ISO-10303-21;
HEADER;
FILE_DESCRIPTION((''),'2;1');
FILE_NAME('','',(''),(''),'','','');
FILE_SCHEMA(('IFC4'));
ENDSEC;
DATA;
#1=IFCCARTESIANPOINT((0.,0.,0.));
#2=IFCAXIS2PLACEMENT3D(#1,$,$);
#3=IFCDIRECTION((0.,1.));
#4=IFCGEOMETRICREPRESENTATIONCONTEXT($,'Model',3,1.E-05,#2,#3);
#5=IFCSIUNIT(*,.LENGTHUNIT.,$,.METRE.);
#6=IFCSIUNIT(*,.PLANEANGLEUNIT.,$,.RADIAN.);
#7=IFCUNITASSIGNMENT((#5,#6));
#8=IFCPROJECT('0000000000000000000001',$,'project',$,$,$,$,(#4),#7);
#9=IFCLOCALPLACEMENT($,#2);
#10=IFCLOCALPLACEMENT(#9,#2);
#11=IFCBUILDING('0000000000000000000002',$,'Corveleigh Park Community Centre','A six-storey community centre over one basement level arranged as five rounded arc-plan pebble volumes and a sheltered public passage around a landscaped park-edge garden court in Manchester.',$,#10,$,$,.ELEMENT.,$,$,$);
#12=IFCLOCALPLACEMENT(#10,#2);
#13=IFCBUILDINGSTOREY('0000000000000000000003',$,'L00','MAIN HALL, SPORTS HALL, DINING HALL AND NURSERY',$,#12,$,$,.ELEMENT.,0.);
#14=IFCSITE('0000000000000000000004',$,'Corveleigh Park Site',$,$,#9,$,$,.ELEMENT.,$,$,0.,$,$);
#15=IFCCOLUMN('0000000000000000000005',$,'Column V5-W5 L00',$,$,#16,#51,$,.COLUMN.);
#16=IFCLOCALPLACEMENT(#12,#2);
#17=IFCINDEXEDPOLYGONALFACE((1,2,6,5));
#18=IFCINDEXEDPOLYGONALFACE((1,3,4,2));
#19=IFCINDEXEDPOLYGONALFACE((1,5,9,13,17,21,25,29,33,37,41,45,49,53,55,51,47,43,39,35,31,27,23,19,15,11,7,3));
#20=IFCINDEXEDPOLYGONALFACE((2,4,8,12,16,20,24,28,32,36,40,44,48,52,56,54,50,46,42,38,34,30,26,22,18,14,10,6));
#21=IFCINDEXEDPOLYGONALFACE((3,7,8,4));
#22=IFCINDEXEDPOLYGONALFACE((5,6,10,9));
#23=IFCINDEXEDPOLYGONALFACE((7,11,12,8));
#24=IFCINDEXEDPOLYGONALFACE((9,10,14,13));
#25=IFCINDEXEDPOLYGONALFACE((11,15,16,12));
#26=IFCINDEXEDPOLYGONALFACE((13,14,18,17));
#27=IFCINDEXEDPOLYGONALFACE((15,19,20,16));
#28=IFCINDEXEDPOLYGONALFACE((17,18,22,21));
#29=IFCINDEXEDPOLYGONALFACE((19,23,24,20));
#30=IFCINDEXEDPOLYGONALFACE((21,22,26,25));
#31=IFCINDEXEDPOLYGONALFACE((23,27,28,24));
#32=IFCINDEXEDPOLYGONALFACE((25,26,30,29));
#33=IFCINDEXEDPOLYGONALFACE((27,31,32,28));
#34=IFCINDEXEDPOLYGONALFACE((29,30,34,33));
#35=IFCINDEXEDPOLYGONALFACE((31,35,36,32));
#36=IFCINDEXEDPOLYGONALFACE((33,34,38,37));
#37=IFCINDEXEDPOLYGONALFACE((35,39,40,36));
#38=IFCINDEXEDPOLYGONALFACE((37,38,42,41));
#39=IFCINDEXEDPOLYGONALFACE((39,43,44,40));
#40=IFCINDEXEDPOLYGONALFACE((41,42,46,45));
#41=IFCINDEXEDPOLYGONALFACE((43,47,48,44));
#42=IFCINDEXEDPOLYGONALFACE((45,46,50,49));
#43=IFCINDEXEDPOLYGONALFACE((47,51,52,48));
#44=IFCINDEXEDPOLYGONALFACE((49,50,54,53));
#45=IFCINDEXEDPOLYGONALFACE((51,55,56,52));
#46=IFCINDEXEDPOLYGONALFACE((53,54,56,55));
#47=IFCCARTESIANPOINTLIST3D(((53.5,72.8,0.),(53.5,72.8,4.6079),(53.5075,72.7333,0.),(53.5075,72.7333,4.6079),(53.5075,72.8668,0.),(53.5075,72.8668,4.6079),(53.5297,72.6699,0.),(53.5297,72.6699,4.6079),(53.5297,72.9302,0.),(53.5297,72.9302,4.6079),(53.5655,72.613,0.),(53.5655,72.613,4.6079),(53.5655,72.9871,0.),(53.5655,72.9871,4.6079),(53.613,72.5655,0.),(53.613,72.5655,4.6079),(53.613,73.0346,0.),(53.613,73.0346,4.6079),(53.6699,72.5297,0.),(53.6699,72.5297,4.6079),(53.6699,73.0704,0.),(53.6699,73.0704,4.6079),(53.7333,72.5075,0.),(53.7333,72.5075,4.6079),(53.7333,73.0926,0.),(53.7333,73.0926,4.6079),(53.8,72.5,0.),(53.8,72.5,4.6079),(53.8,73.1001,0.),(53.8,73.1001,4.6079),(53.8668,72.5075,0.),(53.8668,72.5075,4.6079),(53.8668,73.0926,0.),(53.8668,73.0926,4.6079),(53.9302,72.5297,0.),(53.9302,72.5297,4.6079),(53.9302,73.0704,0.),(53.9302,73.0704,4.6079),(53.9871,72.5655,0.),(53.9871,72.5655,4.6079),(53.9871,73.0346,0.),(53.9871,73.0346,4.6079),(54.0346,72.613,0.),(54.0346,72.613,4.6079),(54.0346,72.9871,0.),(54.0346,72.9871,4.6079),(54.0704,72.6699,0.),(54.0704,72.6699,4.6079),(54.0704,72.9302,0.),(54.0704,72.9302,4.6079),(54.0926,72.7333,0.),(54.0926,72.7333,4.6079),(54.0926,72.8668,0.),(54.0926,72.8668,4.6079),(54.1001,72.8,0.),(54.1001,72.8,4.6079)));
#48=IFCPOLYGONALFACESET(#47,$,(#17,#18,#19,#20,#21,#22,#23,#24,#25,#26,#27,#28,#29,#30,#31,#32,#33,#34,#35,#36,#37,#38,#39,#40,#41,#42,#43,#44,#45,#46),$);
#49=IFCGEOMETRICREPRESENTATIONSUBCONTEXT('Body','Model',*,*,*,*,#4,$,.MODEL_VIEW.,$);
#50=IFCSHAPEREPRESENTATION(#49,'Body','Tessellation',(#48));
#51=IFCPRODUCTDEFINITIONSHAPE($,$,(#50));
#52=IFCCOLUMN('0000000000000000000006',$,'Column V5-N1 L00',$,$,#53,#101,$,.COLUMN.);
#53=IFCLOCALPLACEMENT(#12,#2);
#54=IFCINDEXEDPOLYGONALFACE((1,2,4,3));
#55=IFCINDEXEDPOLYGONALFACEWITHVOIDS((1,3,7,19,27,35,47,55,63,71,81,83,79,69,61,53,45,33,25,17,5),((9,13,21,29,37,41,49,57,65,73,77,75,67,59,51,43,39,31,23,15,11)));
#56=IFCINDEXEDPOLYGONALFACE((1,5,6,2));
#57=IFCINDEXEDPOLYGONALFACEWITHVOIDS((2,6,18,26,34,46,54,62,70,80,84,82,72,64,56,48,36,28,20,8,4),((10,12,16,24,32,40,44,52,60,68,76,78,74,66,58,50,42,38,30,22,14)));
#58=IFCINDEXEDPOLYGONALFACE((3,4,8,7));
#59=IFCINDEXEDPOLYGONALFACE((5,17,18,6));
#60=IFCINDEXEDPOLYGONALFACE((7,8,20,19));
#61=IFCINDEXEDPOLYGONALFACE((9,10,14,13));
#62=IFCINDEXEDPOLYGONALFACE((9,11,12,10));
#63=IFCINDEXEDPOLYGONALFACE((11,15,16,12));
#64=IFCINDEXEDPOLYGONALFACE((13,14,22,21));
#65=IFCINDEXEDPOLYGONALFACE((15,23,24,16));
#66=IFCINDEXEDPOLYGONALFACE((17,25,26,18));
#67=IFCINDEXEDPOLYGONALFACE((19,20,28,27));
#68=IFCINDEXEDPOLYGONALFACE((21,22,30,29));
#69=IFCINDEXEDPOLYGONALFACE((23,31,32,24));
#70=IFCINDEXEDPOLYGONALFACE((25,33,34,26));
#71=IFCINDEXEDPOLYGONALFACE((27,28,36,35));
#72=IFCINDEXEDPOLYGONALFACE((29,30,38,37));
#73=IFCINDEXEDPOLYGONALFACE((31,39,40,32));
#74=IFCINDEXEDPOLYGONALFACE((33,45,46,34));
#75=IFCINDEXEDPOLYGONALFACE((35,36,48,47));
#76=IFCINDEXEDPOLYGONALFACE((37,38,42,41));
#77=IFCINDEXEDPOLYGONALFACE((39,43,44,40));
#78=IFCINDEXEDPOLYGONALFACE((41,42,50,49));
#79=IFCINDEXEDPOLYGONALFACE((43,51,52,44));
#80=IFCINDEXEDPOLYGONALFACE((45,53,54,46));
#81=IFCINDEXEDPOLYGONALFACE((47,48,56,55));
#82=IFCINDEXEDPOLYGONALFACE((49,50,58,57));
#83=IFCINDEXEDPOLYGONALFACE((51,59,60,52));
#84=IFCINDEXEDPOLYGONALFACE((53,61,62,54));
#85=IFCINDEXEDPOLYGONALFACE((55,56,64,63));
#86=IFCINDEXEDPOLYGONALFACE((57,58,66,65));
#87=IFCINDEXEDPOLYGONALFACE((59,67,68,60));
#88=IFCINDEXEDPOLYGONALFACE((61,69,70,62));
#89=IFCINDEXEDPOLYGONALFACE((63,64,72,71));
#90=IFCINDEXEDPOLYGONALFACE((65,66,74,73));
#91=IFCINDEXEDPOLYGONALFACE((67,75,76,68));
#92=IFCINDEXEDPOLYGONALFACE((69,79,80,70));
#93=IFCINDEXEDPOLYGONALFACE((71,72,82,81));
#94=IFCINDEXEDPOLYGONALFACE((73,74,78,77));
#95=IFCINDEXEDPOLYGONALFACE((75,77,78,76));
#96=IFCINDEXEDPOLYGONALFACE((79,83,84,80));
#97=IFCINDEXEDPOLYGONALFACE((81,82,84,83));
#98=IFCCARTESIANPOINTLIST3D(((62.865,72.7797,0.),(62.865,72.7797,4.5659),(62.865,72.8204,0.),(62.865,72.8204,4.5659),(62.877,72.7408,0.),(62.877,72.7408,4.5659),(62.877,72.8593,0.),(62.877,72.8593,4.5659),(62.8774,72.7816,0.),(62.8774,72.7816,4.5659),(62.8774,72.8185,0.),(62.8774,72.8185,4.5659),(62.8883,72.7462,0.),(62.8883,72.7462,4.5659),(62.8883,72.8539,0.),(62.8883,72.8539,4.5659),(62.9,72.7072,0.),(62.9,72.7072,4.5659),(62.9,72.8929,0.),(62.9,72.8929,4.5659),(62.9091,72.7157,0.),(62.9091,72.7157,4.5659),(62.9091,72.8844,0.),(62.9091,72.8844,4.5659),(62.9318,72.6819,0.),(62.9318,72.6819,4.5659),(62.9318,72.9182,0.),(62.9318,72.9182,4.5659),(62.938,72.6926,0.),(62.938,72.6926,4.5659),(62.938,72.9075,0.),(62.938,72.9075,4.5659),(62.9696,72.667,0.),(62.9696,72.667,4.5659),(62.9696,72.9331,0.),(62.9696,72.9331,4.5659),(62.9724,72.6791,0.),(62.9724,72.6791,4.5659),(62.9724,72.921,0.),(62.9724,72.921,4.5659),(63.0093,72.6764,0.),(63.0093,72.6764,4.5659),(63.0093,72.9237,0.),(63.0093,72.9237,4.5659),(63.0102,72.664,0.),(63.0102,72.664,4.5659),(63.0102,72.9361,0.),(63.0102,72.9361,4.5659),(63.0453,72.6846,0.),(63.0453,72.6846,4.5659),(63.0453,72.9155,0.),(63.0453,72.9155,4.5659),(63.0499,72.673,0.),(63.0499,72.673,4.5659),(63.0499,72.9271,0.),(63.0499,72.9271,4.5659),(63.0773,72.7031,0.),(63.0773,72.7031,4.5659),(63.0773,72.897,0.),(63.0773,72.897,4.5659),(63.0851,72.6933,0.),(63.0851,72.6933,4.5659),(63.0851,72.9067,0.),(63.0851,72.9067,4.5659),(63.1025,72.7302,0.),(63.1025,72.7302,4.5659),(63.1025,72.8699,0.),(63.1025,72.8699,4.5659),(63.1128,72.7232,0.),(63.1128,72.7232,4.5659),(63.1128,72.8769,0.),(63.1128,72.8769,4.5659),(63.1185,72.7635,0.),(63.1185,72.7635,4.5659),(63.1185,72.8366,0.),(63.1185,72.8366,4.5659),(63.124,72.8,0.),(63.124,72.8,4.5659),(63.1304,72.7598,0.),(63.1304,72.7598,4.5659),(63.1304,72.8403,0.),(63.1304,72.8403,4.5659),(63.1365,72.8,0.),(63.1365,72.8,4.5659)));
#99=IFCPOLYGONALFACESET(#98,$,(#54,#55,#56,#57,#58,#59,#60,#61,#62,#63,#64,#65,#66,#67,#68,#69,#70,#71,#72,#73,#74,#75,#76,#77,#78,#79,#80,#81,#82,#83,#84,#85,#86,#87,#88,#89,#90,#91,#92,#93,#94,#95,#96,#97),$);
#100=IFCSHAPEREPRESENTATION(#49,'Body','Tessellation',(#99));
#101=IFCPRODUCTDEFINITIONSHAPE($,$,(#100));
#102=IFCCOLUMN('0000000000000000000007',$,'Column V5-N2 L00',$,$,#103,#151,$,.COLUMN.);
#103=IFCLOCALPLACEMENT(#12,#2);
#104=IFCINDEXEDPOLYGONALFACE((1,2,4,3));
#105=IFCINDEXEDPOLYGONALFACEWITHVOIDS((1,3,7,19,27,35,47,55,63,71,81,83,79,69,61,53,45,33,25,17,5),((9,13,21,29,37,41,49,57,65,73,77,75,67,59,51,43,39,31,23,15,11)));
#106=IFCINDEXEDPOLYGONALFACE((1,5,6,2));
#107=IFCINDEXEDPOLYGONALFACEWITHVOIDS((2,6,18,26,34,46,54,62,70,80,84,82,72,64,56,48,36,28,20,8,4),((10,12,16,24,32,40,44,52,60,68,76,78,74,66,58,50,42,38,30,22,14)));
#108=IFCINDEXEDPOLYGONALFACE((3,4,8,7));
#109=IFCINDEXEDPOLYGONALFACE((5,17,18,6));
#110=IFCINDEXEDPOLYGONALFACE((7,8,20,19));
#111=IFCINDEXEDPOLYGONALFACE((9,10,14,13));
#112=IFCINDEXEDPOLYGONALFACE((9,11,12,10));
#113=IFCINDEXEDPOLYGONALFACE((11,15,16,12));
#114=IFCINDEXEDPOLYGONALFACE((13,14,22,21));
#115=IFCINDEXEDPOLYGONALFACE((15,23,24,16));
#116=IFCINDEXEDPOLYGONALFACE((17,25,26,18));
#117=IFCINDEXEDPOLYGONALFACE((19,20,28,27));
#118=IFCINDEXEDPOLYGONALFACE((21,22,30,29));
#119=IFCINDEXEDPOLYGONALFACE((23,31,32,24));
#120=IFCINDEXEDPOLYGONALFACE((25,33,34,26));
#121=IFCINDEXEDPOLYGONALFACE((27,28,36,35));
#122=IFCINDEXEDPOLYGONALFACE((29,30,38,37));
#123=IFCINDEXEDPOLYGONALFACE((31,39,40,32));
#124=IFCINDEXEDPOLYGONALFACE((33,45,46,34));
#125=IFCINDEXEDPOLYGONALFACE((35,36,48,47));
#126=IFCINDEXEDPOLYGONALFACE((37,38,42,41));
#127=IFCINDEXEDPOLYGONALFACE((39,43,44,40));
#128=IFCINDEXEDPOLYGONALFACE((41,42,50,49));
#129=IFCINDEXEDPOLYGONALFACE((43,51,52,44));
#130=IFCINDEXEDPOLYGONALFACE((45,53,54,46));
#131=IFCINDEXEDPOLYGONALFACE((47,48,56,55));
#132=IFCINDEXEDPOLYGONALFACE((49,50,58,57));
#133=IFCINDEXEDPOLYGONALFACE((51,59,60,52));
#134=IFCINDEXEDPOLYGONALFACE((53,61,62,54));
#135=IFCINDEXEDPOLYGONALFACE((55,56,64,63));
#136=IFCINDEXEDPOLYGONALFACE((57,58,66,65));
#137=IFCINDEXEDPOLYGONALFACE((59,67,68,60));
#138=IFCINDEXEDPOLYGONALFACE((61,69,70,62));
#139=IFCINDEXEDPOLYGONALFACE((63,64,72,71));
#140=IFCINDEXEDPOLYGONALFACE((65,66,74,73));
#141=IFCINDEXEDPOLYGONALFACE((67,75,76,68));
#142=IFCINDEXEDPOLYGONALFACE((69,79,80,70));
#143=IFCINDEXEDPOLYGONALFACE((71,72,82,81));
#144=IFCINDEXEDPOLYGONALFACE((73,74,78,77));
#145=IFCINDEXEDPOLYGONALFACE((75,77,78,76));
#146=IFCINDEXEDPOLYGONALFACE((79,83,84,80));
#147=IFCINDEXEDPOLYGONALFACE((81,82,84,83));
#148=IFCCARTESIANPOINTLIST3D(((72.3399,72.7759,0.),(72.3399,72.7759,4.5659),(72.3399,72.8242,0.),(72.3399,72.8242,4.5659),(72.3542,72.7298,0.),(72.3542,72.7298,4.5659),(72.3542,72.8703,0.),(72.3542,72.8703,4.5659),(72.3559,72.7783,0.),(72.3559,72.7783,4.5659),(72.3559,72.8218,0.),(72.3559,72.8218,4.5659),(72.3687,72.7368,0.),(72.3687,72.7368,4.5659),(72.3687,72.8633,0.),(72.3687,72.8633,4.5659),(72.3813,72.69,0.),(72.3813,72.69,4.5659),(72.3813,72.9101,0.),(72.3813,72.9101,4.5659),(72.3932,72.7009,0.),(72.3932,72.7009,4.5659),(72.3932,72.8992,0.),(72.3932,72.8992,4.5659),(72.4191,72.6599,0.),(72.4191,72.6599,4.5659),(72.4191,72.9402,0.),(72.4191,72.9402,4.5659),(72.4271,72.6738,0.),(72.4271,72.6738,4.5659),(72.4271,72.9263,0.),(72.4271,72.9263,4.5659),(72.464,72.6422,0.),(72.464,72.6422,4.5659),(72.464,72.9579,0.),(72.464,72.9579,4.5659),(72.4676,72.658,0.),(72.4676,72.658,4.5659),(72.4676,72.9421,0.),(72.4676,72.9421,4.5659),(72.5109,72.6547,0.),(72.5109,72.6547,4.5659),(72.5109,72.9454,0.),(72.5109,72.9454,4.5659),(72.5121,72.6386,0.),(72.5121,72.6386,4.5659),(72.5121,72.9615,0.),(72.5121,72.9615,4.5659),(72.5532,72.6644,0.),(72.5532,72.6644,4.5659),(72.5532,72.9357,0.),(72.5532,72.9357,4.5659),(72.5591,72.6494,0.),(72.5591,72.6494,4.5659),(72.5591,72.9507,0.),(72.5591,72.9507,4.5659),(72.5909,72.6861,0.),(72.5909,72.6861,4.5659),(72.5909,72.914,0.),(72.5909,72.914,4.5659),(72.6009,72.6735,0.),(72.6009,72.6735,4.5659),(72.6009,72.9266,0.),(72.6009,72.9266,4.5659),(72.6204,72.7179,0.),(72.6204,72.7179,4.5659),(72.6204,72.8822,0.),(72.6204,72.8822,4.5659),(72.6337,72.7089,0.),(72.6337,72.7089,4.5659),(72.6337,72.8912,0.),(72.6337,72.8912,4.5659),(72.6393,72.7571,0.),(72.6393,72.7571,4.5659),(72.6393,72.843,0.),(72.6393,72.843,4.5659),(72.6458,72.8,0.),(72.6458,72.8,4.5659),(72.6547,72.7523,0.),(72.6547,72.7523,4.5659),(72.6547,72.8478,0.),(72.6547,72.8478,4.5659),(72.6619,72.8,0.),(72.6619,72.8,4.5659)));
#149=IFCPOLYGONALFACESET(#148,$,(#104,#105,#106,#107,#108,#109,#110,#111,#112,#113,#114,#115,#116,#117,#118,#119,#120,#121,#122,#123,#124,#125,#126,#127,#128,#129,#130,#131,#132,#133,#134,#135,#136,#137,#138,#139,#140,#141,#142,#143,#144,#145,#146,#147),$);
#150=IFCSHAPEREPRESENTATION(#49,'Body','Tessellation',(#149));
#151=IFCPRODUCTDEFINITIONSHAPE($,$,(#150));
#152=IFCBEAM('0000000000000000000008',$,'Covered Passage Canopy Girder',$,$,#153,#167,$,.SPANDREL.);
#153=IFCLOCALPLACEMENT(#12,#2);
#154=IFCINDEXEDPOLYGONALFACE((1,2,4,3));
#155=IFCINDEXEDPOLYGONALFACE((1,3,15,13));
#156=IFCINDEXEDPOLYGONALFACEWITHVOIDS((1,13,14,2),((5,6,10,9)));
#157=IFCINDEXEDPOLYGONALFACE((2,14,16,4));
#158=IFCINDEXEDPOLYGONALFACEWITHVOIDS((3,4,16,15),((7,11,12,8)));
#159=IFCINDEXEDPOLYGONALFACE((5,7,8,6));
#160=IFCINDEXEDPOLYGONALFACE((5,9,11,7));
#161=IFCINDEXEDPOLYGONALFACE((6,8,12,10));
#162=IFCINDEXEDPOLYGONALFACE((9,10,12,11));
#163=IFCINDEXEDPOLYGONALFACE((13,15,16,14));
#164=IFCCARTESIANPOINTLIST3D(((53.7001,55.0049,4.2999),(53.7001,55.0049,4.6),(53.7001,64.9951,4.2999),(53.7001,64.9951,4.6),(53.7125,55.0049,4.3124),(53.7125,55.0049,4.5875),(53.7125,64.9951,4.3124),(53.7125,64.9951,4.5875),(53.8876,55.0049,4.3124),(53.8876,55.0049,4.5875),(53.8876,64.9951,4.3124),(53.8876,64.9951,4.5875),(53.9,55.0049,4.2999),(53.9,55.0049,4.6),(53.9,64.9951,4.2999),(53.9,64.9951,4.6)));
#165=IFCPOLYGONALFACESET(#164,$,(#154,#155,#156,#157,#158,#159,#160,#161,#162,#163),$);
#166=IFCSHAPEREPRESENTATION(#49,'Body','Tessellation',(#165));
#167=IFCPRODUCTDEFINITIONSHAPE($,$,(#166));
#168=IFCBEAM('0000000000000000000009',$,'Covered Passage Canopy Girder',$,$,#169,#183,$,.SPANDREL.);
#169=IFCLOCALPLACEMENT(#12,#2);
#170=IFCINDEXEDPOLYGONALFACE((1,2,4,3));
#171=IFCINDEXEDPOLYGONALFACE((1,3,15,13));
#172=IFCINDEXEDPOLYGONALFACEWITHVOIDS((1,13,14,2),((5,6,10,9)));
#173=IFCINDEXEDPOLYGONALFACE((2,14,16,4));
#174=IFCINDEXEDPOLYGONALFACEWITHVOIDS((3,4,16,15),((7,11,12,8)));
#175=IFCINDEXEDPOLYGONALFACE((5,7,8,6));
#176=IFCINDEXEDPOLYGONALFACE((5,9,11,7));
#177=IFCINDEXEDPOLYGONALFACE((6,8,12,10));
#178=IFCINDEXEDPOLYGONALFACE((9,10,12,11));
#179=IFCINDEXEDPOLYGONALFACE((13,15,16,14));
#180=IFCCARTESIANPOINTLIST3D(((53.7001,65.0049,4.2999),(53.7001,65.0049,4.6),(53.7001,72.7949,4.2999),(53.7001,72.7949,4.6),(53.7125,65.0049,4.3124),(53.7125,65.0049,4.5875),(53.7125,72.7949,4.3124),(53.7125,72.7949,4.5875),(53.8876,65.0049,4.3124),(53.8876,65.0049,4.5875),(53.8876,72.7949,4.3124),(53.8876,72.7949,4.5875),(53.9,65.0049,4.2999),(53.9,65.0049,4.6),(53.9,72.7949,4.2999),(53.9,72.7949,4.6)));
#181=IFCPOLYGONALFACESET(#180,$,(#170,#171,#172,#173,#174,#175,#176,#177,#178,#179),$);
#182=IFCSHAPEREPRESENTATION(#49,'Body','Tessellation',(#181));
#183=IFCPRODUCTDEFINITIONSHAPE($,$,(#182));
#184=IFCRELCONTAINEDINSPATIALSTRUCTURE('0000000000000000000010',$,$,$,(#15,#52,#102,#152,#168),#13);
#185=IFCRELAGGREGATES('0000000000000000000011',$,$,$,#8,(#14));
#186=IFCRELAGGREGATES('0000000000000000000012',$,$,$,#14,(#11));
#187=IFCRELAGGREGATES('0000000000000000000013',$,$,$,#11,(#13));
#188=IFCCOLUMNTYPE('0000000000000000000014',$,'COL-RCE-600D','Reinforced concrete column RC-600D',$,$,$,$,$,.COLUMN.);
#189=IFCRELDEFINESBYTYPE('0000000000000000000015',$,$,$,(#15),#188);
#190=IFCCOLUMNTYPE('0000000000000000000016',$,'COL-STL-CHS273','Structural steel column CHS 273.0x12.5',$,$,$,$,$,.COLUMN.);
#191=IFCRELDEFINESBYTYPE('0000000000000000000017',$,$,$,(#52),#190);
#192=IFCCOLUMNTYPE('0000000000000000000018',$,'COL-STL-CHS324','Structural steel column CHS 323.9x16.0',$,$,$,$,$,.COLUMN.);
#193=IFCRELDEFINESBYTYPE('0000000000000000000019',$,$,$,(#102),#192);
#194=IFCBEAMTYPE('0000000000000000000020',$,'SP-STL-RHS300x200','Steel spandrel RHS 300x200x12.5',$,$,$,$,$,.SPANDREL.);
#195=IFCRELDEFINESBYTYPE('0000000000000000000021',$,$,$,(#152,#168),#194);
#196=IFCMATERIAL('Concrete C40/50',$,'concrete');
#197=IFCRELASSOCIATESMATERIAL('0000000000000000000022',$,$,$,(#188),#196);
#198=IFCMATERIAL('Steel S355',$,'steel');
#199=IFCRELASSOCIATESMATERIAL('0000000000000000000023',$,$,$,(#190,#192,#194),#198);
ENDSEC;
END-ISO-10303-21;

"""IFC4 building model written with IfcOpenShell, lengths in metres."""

from ifc_helpers import new_model, si_unit, direction, frame, origin, origin_2d, place, context, subcontext, project, spatial, hollow_rectangle, circle, hollow_circle, extrude, material, material_profile, profile_set, type_object, element, save


model = new_model("IFC4")

# Units and contexts
model_context = context("Model", 3, precision=1e-05, world=origin(), true_north=direction((0.0, 1.0)))
body_context = subcontext(model_context, "Body", "Model", "MODEL_VIEW")
ifc_project = project(units=[si_unit("LENGTHUNIT", "METRE"), si_unit("PLANEANGLEUNIT", "RADIAN")], contexts=[model_context])

# Site, building, storey
site_placement = place(None, origin())
site = spatial("IfcSite", under=ifc_project, at=site_placement, Name="Corveleigh Park Site", CompositionType="ELEMENT", RefElevation=0.0)
building_placement = place(site_placement, origin())
building = spatial("IfcBuilding", under=site, at=building_placement, Name="Corveleigh Park Community Centre", Description="A six-storey community centre over one basement level arranged as five rounded arc-plan pebble volumes and a sheltered public passage around a landscaped park-edge garden court in Manchester.", CompositionType="ELEMENT")
storey_placement = place(building_placement, origin())
storey = spatial("IfcBuildingStorey", under=building, at=storey_placement, Name="L00", Description="MAIN HALL, SPORTS HALL, DINING HALL AND NURSERY", CompositionType="ELEMENT", Elevation=0.0)

# Columns
ifc_material_1 = material(Name="Concrete C40/50", Category="concrete")
ifc_material_profile_1 = material_profile(ifc_material_1, circle(Radius=0.3, at=origin_2d()), Name="RC-600D", Category="concrete")
ifc_profile_set_1 = profile_set([ifc_material_profile_1], Name="Concrete C40/50")
column_type_1 = type_object("IfcColumnType", Name="COL-RCE-600D", Description="Reinforced concrete column RC-600D", PredefinedType="COLUMN", material=ifc_profile_set_1)
column_1_placement = place(storey_placement, frame((53.8, 72.8, 0.0), z_axis=(0.0, 0.0, 1.0), x_axis=(1.0, 0.0, 0.0)))
element("IfcColumn", 1, at=column_1_placement, inside=storey, type_object=column_type_1, Name="Column V5-W5 L00", PredefinedType="COLUMN", context=body_context, shape_type="SweptSolid", body=[
    extrude(circle(Radius=0.3, at=origin_2d()), origin(), (0.0, 0.0, 1.0), 4.6079),
])
ifc_material_2 = material(Name="Steel S355", Category="steel")
ifc_material_profile_2 = material_profile(ifc_material_2, hollow_circle(Radius=0.1365, WallThickness=0.0125, at=origin_2d()), Name="CHS 273.0x12.5", Category="steel")
ifc_profile_set_2 = profile_set([ifc_material_profile_2], Name="Steel S355")
column_type_2 = type_object("IfcColumnType", Name="COL-STL-CHS273", Description="Structural steel column CHS 273.0x12.5", PredefinedType="COLUMN", material=ifc_profile_set_2)
column_2_placement = place(storey_placement, frame((63.0, 72.8, 0.0), z_axis=(0.0, 0.0, 1.0), x_axis=(1.0, 0.0, 0.0)))
element("IfcColumn", 2, at=column_2_placement, inside=storey, type_object=column_type_2, Name="Column V5-N1 L00", PredefinedType="COLUMN", context=body_context, shape_type="SweptSolid", body=[
    extrude(hollow_circle(Radius=0.1365, WallThickness=0.0125, at=origin_2d()), origin(), (0.0, 0.0, 1.0), 4.5659),
])
ifc_material_profile_3 = material_profile(ifc_material_2, hollow_circle(Radius=0.1619, WallThickness=0.0161, at=origin_2d()), Name="CHS 323.9x16.0", Category="steel")
ifc_profile_set_3 = profile_set([ifc_material_profile_3], Name="Steel S355")
column_type_3 = type_object("IfcColumnType", Name="COL-STL-CHS324", Description="Structural steel column CHS 323.9x16.0", PredefinedType="COLUMN", material=ifc_profile_set_3)
column_3_placement = place(storey_placement, frame((72.5, 72.8, 0.0), z_axis=(0.0, 0.0, 1.0), x_axis=(1.0, 0.0, 0.0)))
element("IfcColumn", 3, at=column_3_placement, inside=storey, type_object=column_type_3, Name="Column V5-N2 L00", PredefinedType="COLUMN", context=body_context, shape_type="SweptSolid", body=[
    extrude(hollow_circle(Radius=0.1619, WallThickness=0.0161, at=origin_2d()), origin(), (0.0, 0.0, 1.0), 4.5659),
])

# Beams
ifc_material_profile_4 = material_profile(ifc_material_2, hollow_rectangle(XDim=0.2, YDim=0.3, WallThickness=0.0125, at=origin_2d()), Name="RHS 300x200x12.5", Category="steel")
ifc_profile_set_4 = profile_set([ifc_material_profile_4], Name="Steel S355")
beam_type = type_object("IfcBeamType", Name="SP-STL-RHS300x200", Description="Steel spandrel RHS 300x200x12.5", PredefinedType="SPANDREL", material=ifc_profile_set_4)
beam_1_placement = place(storey_placement, frame((53.8, 55.0049, 4.45), z_axis=(0.0, 1.0, 0.0), x_axis=(-1.0, 0.0, 0.0)))
element("IfcBeam", 4, at=beam_1_placement, inside=storey, type_object=beam_type, Name="Covered Passage Canopy Girder", PredefinedType="SPANDREL", context=body_context, shape_type="SweptSolid", body=[
    extrude(hollow_rectangle(XDim=0.2, YDim=0.3, WallThickness=0.0125, at=origin_2d()), origin(), (0.0, 0.0, 1.0), 9.9902),
])
beam_2_placement = place(storey_placement, frame((53.8, 65.0049, 4.45), z_axis=(0.0, 1.0, 0.0), x_axis=(-1.0, 0.0, 0.0)))
element("IfcBeam", 5, at=beam_2_placement, inside=storey, type_object=beam_type, Name="Covered Passage Canopy Girder", PredefinedType="SPANDREL", context=body_context, shape_type="SweptSolid", body=[
    extrude(hollow_rectangle(XDim=0.2, YDim=0.3, WallThickness=0.0125, at=origin_2d()), origin(), (0.0, 0.0, 1.0), 7.79),
])

save(model, "model.ifc")
